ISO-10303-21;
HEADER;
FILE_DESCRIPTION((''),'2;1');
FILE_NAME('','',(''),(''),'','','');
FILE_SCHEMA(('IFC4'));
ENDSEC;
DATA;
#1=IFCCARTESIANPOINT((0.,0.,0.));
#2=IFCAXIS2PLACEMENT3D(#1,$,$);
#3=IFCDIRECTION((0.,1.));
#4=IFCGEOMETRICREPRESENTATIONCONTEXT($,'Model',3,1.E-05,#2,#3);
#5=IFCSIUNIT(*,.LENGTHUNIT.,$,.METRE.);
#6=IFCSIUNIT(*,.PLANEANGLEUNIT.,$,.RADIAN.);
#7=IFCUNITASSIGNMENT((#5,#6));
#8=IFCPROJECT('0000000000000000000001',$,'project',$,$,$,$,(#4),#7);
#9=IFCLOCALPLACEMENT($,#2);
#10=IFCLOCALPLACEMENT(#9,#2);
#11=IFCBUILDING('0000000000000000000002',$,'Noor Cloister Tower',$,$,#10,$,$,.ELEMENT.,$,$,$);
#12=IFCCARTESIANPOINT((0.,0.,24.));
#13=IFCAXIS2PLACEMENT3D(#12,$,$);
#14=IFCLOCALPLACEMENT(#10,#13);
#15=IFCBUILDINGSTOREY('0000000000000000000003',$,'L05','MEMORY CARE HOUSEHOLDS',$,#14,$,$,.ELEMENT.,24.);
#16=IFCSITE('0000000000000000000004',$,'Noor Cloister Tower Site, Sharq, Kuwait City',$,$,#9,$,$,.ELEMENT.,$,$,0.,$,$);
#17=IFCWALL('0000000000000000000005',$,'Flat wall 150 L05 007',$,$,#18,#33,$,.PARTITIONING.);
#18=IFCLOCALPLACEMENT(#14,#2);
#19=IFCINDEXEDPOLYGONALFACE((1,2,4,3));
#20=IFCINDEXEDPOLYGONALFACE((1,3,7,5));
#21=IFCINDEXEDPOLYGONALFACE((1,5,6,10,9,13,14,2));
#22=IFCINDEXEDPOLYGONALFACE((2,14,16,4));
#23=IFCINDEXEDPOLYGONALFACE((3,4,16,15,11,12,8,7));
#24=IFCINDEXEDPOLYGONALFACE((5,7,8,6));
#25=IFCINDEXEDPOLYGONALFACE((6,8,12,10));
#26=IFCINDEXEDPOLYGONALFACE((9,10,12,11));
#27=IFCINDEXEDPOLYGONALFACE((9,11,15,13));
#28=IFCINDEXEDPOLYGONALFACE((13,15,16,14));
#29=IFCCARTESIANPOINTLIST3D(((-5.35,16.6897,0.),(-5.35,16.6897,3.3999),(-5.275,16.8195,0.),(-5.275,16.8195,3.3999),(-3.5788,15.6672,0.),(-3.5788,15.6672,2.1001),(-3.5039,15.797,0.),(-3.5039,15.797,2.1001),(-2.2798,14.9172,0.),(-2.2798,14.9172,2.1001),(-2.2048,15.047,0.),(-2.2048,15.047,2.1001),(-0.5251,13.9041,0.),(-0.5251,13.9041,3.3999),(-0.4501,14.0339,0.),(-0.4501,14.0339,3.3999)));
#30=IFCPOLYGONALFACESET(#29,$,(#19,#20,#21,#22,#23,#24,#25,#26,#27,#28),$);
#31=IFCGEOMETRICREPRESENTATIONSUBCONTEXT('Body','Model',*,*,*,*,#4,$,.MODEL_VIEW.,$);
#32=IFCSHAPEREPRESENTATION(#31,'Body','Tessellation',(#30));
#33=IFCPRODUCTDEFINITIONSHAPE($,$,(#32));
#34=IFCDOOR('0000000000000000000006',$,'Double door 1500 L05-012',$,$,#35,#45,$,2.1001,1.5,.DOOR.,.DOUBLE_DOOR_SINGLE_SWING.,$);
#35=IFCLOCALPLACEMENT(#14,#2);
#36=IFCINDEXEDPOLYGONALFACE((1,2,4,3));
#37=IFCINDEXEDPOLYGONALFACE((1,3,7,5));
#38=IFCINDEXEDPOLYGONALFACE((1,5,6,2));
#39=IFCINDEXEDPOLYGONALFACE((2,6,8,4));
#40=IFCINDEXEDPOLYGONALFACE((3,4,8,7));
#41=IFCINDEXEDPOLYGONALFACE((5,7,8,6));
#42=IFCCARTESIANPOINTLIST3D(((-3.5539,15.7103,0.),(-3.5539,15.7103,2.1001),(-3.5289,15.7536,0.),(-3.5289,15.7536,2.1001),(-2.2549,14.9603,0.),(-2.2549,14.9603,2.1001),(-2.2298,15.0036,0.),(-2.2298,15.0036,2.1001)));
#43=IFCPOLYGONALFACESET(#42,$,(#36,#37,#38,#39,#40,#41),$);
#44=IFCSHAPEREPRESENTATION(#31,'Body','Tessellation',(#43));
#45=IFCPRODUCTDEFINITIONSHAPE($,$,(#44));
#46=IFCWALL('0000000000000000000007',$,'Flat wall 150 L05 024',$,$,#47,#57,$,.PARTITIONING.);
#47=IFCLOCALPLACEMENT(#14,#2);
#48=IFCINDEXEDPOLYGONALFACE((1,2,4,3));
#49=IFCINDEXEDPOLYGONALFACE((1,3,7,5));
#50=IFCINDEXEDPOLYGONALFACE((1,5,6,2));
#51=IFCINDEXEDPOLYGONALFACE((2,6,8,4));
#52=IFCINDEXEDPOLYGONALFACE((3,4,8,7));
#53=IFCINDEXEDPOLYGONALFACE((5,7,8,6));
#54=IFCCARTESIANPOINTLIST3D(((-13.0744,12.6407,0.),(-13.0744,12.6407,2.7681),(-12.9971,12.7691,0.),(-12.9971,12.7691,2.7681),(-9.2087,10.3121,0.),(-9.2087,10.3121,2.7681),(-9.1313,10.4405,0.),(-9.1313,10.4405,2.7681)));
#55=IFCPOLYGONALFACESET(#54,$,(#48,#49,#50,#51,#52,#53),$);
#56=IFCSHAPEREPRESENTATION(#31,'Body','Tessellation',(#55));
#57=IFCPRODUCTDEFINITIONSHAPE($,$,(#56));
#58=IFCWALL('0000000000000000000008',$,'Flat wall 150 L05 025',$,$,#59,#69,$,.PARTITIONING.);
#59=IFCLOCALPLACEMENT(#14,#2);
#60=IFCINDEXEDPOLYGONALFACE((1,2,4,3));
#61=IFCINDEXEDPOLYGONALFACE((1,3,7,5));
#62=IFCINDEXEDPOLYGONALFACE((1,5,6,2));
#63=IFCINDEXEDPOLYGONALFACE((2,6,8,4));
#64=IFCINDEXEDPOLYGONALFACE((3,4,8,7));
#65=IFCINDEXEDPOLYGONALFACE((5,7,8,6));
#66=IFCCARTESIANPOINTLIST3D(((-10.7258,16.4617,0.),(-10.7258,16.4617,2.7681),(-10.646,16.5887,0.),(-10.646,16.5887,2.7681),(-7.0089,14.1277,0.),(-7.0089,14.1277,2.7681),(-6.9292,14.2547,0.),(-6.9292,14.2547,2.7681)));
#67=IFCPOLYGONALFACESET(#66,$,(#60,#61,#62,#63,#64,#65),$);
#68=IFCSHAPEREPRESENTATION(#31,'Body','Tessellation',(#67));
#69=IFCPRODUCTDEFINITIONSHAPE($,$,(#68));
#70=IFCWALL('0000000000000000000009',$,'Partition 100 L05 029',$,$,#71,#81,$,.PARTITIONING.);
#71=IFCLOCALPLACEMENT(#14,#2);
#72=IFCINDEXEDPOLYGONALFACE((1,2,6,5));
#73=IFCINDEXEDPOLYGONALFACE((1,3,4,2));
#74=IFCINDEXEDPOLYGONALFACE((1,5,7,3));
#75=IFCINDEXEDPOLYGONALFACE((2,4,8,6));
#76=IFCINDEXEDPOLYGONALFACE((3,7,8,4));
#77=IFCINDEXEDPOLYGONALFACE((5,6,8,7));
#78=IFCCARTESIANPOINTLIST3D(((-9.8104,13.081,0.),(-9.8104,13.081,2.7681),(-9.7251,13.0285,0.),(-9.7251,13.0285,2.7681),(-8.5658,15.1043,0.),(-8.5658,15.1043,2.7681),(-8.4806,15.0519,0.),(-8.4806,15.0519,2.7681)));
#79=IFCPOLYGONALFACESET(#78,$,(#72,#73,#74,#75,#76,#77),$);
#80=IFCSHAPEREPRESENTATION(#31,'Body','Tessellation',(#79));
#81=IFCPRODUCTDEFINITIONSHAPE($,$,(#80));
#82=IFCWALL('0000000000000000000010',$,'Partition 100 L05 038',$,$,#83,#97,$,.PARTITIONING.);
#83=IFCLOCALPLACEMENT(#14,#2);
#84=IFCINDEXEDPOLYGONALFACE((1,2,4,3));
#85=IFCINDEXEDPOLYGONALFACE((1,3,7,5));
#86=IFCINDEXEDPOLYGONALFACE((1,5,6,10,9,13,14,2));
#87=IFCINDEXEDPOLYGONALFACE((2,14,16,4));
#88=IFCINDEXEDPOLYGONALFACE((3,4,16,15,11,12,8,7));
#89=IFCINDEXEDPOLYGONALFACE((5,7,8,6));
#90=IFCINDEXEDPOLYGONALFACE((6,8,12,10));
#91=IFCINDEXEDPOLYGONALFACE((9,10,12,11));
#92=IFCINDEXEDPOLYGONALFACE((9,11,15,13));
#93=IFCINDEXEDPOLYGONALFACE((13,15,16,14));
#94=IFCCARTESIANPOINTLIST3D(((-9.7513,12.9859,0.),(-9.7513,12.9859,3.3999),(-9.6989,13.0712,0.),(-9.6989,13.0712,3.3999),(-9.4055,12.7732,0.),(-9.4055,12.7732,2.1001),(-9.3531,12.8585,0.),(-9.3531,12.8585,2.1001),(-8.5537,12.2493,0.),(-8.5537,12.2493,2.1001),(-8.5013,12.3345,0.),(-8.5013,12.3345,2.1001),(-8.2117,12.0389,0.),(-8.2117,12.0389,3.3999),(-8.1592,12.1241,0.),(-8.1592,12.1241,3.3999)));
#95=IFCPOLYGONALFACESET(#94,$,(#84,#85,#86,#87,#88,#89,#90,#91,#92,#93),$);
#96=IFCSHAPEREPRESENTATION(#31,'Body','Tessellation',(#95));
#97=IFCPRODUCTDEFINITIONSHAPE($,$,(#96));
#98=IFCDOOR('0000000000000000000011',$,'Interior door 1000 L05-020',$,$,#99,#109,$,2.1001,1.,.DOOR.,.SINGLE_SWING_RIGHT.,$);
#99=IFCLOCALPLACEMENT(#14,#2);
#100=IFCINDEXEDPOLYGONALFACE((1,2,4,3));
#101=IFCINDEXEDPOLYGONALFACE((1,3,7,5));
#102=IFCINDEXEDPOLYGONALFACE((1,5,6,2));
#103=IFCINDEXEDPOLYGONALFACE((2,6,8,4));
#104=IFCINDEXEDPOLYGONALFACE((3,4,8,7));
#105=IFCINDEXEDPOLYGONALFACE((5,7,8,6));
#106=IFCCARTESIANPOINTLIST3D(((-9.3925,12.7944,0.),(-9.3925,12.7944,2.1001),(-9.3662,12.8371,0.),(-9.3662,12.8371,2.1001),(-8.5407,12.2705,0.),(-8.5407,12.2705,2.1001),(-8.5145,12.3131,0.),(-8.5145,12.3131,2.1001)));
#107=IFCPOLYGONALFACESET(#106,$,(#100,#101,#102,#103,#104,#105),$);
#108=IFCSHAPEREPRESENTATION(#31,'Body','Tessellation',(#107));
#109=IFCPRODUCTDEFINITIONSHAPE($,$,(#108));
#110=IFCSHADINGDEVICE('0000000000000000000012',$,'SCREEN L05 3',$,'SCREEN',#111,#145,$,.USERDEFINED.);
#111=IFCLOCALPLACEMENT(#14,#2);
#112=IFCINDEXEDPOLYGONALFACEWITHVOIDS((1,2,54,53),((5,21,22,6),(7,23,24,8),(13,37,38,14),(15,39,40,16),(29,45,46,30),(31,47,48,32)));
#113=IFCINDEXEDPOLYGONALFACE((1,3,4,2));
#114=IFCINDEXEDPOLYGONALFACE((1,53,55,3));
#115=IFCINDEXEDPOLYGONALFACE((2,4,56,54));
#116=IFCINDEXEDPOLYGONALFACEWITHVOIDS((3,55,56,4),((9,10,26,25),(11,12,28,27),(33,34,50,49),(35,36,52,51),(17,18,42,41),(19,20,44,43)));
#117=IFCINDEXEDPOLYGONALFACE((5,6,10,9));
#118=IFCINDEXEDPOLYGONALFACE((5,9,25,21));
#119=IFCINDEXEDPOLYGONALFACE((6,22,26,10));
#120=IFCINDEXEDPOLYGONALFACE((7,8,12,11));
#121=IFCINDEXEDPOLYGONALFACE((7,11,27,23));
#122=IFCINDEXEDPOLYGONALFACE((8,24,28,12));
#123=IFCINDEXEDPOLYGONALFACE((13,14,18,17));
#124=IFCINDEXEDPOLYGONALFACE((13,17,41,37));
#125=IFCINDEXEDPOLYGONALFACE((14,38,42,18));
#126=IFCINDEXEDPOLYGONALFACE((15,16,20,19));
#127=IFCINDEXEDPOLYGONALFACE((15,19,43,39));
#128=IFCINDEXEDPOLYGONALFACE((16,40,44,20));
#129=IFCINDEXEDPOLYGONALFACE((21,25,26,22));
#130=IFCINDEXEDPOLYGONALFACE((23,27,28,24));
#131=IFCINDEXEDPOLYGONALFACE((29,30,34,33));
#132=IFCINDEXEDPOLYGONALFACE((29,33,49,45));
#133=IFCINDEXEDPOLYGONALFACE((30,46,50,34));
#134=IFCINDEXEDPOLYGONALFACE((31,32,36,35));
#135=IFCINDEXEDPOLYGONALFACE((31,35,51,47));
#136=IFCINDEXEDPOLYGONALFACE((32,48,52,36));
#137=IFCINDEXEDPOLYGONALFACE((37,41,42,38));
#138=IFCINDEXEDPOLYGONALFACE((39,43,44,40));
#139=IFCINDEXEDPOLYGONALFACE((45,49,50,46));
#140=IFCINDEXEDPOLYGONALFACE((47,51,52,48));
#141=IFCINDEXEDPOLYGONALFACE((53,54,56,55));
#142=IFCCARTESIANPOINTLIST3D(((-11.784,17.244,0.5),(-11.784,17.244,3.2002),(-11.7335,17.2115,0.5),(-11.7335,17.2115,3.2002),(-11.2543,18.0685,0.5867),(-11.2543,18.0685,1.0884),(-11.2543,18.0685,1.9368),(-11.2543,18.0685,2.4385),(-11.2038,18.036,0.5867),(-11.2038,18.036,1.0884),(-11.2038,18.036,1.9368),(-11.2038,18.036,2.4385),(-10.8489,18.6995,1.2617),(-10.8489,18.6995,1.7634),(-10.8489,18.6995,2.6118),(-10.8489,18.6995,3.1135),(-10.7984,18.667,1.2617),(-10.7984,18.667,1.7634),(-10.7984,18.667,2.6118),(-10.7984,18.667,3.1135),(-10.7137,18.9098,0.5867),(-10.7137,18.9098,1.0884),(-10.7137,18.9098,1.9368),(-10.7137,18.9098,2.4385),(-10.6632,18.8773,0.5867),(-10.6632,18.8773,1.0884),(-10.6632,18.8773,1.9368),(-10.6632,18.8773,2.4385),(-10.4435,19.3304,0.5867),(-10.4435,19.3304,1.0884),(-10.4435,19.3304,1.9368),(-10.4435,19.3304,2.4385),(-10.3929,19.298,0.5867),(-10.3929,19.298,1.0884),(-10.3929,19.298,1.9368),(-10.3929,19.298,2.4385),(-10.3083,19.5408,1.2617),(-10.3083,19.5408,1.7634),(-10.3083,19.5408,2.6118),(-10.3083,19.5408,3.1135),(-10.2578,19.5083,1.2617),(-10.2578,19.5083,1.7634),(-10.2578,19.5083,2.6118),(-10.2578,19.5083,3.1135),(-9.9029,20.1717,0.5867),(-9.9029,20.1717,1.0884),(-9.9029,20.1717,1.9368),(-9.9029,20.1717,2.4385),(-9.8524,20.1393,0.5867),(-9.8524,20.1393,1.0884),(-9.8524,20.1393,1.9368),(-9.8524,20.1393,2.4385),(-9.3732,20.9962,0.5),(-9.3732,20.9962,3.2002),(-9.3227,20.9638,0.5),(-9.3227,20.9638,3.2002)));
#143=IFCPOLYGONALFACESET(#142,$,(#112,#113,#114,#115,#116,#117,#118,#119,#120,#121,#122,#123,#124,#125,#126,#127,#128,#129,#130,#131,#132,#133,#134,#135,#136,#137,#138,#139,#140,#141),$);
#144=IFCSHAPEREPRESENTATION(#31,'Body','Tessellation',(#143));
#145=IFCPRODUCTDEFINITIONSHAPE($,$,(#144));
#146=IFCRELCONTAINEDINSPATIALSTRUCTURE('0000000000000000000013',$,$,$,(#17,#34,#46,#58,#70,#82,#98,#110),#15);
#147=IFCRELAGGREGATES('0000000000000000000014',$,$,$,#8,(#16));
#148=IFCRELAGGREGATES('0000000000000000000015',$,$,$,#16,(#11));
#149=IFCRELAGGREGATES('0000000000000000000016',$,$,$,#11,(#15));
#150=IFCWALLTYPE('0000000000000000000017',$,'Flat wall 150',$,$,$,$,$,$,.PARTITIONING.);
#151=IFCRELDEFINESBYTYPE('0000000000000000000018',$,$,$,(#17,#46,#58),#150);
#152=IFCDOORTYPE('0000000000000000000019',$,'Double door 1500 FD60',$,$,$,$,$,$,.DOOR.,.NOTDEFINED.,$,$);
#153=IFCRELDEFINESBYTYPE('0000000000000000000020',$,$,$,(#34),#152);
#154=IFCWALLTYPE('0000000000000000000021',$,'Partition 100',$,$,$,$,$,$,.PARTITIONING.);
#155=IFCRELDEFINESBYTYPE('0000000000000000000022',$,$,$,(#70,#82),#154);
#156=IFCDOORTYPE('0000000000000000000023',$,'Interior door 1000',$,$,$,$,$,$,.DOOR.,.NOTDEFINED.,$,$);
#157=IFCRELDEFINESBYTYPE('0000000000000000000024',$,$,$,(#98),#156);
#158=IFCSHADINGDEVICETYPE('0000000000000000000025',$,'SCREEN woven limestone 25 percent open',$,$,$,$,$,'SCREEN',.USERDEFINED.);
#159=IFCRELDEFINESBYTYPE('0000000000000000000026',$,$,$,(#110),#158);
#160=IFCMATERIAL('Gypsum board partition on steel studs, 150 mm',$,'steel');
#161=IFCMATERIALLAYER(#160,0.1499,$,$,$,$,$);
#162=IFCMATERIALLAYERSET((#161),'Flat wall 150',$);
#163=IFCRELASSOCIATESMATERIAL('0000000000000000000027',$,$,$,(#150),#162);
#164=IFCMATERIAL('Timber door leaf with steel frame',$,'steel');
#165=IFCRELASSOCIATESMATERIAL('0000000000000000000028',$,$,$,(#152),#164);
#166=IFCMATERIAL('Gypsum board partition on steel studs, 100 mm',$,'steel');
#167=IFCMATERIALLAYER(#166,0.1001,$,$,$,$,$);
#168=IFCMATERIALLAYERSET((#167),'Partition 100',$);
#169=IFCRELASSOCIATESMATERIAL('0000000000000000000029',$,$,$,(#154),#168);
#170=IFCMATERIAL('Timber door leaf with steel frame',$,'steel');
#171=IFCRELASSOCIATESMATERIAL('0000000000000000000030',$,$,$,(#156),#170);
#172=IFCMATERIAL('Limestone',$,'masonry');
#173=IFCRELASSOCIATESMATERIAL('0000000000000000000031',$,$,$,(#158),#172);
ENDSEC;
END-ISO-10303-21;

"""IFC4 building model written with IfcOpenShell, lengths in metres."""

from ifc_helpers import new_model, si_unit, direction, frame, frame_2d, origin, place, context, subcontext, project, spatial, polyline, rectangle, outline, extrude, material, layer, layer_set, material_profile, profile_set, type_object, element, fill, save


model = new_model("IFC4")

# Units and contexts
model_context = context("Model", 3, precision=1e-05, world=origin(), true_north=direction((0.0, 1.0)))
body_context = subcontext(model_context, "Body", "Model", "MODEL_VIEW")
ifc_project = project(units=[si_unit("LENGTHUNIT", "METRE"), si_unit("PLANEANGLEUNIT", "RADIAN")], contexts=[model_context])

# Site, building, storey
site_placement = place(None, origin())
site = spatial("IfcSite", under=ifc_project, at=site_placement, Name="Noor Cloister Tower Site, Sharq, Kuwait City", CompositionType="ELEMENT", RefElevation=0.0)
building_placement = place(site_placement, origin())
building = spatial("IfcBuilding", under=site, at=building_placement, Name="Noor Cloister Tower", CompositionType="ELEMENT")
storey_placement = place(building_placement, frame((0.0, 0.0, 24.0)))
storey = spatial("IfcBuildingStorey", under=building, at=storey_placement, Name="L05", Description="MEMORY CARE HOUSEHOLDS", CompositionType="ELEMENT", Elevation=24.0)

# Wall, opening, door
ifc_material_1 = material(Name="Gypsum board partition on steel studs, 150 mm", Category="steel")
ifc_layer_1 = layer(ifc_material_1, 0.1499)
ifc_layer_set_1 = layer_set([ifc_layer_1], Name="Flat wall 150")
wall_type_1 = type_object("IfcWallType", Name="Flat wall 150", PredefinedType="PARTITIONING", material=ifc_layer_set_1)
wall_1_placement = place(storey_placement, frame((-5.3125, 16.7546, 0.0), z_axis=(0.0, 0.0, 1.0), x_axis=(0.866029, -0.499994, 0.0)))
wall_1 = element("IfcWall", 1, at=wall_1_placement, inside=storey, type_object=wall_type_1, Name="Flat wall 150 L05 007", PredefinedType="PARTITIONING", context=body_context, shape_type="SweptSolid", body=[
    extrude(rectangle(XDim=5.5713, YDim=0.1499, at=frame_2d((2.7856, 0.0))), origin(), (0.0, 0.0, 1.0), 3.3999),
])
opening_1_placement = place(wall_1_placement, frame((2.0452, 0.0, 0.0)))
opening_1 = element("IfcOpeningElement", 2, at=opening_1_placement, cuts=wall_1, PredefinedType="OPENING", context=body_context, shape_type="SweptSolid", body=[
    extrude(rectangle(XDim=1.5, YDim=2.1001, at=frame_2d((0.75, 1.05))), frame((0.0, 0.085, 0.0), z_axis=(0.0, -1.0, 0.0), x_axis=(1.0, 0.0, 0.0)), (0.0, 0.0, 1.0), 0.1699),
])
ifc_material_2 = material(Name="Timber door leaf with steel frame", Category="steel")
door_type_1 = type_object("IfcDoorType", Name="Double door 1500 FD60", OperationType="NOTDEFINED", PredefinedType="DOOR", material=ifc_material_2)
door_1_placement = place(opening_1_placement, origin())
door_1 = element("IfcDoor", 3, at=door_1_placement, inside=storey, type_object=door_type_1, Name="Double door 1500 L05-012", OperationType="DOUBLE_DOOR_SINGLE_SWING", OverallHeight=2.1001, OverallWidth=1.5, PredefinedType="DOOR", context=body_context, shape_type="SweptSolid", body=[
    extrude(rectangle(XDim=1.5, YDim=2.1001, at=frame_2d((0.75, 1.05))), frame((0.0, 0.0249, 0.0), z_axis=(0.0, -1.0, 0.0), x_axis=(1.0, 0.0, 0.0)), (0.0, 0.0, 1.0), 0.05),
])
fill(opening_1, door_1)

# Walls
wall_2_placement = place(storey_placement, frame((-13.0356, 12.7048, 0.0), z_axis=(0.0, 0.0, 1.0), x_axis=(0.856594, -0.515991, 0.0)))
element("IfcWall", 4, at=wall_2_placement, inside=storey, type_object=wall_type_1, Name="Flat wall 150 L05 024", PredefinedType="PARTITIONING", context=body_context, shape_type="SweptSolid", body=[
    extrude(rectangle(XDim=4.5129, YDim=0.1499, at=frame_2d((2.2563, 0.0))), origin(), (0.0, 0.0, 1.0), 2.7681),
])
wall_3_placement = place(storey_placement, frame((-10.6858, 16.5251, 0.0), z_axis=(0.0, 0.0, 1.0), x_axis=(0.846871, -0.531798, 0.0)))
element("IfcWall", 5, at=wall_3_placement, inside=storey, type_object=wall_type_1, Name="Flat wall 150 L05 025", PredefinedType="PARTITIONING", context=body_context, shape_type="SweptSolid", body=[
    extrude(rectangle(XDim=4.3889, YDim=0.1499, at=frame_2d((2.1943, 0.0))), origin(), (0.0, 0.0, 1.0), 2.7681),
])
ifc_material_3 = material(Name="Gypsum board partition on steel studs, 100 mm", Category="steel")
ifc_layer_2 = layer(ifc_material_3, 0.1001)
ifc_layer_set_2 = layer_set([ifc_layer_2], Name="Partition 100")
wall_type_2 = type_object("IfcWallType", Name="Partition 100", PredefinedType="PARTITIONING", material=ifc_layer_set_2)
wall_4_placement = place(storey_placement, frame((-8.5232, 15.0781, 0.0), z_axis=(0.0, 0.0, 1.0), x_axis=(-0.523925, -0.851764, 0.0)))
element("IfcWall", 6, at=wall_4_placement, inside=storey, type_object=wall_type_2, Name="Partition 100 L05 029", PredefinedType="PARTITIONING", context=body_context, shape_type="SweptSolid", body=[
    extrude(rectangle(XDim=2.3755, YDim=0.1001, at=frame_2d((1.1877, 0.0))), origin(), (0.0, 0.0, 1.0), 2.7681),
])

# Wall, opening, door
wall_5_placement = place(storey_placement, frame((-9.7251, 13.0286, 0.0), z_axis=(0.0, 0.0, 1.0), x_axis=(0.851756, -0.523939, 0.0)))
wall_5 = element("IfcWall", 7, at=wall_5_placement, inside=storey, type_object=wall_type_2, Name="Partition 100 L05 038", PredefinedType="PARTITIONING", context=body_context, shape_type="SweptSolid", body=[
    extrude(rectangle(XDim=1.8076, YDim=0.1001, at=frame_2d((0.9038, 0.0))), origin(), (0.0, 0.0, 1.0), 3.3999),
])
opening_2_placement = place(wall_5_placement, frame((0.406, 0.0, 0.0)))
opening_2 = element("IfcOpeningElement", 8, at=opening_2_placement, cuts=wall_5, PredefinedType="OPENING", context=body_context, shape_type="SweptSolid", body=[
    extrude(rectangle(XDim=1.0, YDim=2.1001, at=frame_2d((0.5, 1.05))), frame((0.0, 0.0601, 0.0), z_axis=(0.0, -1.0, 0.0), x_axis=(1.0, 0.0, 0.0)), (0.0, 0.0, 1.0), 0.1201),
])
ifc_material_4 = material(Name="Timber door leaf with steel frame", Category="steel")
door_type_2 = type_object("IfcDoorType", Name="Interior door 1000", OperationType="NOTDEFINED", PredefinedType="DOOR", material=ifc_material_4)
door_2_placement = place(opening_2_placement, origin())
door_2 = element("IfcDoor", 9, at=door_2_placement, inside=storey, type_object=door_type_2, Name="Interior door 1000 L05-020", OperationType="SINGLE_SWING_RIGHT", OverallHeight=2.1001, OverallWidth=1.0, PredefinedType="DOOR", context=body_context, shape_type="SweptSolid", body=[
    extrude(rectangle(XDim=1.0, YDim=2.1001, at=frame_2d((0.5, 1.05))), frame((0.0, 0.0249, 0.0), z_axis=(0.0, -1.0, 0.0), x_axis=(1.0, 0.0, 0.0)), (0.0, 0.0, 1.0), 0.05),
])
fill(opening_2, door_2)

# Shading device
ifc_material_5 = material(Name="Limestone", Category="masonry")
ifc_material_profile_1 = material_profile(ifc_material_5, outline(polyline([(-2.23, -1.3501), (2.23, -1.3501), (2.23, 1.3501), (-2.23, 1.3501), (-2.23, -1.3501)]), holes=[polyline([(-1.25, -1.2634), (-0.25, -1.2634), (-0.25, -0.7617), (-1.25, -0.7617), (-1.25, -1.2634)]), polyline([(0.25, -1.2634), (1.25, -1.2634), (1.25, -0.7617), (0.25, -0.7617), (0.25, -1.2634)]), polyline([(-0.5, -0.5884), (0.5, -0.5884), (0.5, -0.0867), (-0.5, -0.0867), (-0.5, -0.5884)]), polyline([(-1.25, 0.0867), (-0.25, 0.0867), (-0.25, 0.5884), (-1.25, 0.5884), (-1.25, 0.0867)]), polyline([(0.25, 0.0867), (1.25, 0.0867), (1.25, 0.5884), (0.25, 0.5884), (0.25, 0.0867)]), polyline([(-0.5, 0.7617), (0.5, 0.7617), (0.5, 1.2634), (-0.5, 1.2634), (-0.5, 0.7617)])]), Name="Woven screen 25 percent open")
ifc_profile_set_1 = profile_set([ifc_material_profile_1], Name="Limestone")
shading_device_type = type_object("IfcShadingDeviceType", Name="SCREEN woven limestone 25 percent open", ElementType="SCREEN", PredefinedType="USERDEFINED", material=ifc_profile_set_1)
for number, where, z_axis, x_axis, name in (
    (10, (-10.5281, 19.0876, 1.8501), (-0.841311, 0.540552, 0.0), (-0.540552, -0.841311, 0.0), "SCREEN L05 3"),
):
    element("IfcShadingDevice", number, at=place(storey_placement, frame(where, z_axis=z_axis, x_axis=x_axis)), inside=storey, type_object=shading_device_type, Name=name, ObjectType="SCREEN", PredefinedType="USERDEFINED", context=body_context, shape_type="SweptSolid", body=[
        extrude(outline(polyline([(-2.23, -1.3501), (2.23, -1.3501), (2.23, 1.3501), (-2.23, 1.3501), (-2.23, -1.3501)]), holes=[polyline([(-1.25, -1.2634), (-0.25, -1.2634), (-0.25, -0.7617), (-1.25, -0.7617), (-1.25, -1.2634)]), polyline([(0.25, -1.2634), (1.25, -1.2634), (1.25, -0.7617), (0.25, -0.7617), (0.25, -1.2634)]), polyline([(-0.5, -0.5884), (0.5, -0.5884), (0.5, -0.0867), (-0.5, -0.0867), (-0.5, -0.5884)]), polyline([(-1.25, 0.0867), (-0.25, 0.0867), (-0.25, 0.5884), (-1.25, 0.5884), (-1.25, 0.0867)]), polyline([(0.25, 0.0867), (1.25, 0.0867), (1.25, 0.5884), (0.25, 0.5884), (0.25, 0.0867)]), polyline([(-0.5, 0.7617), (0.5, 0.7617), (0.5, 1.2634), (-0.5, 1.2634), (-0.5, 0.7617)])]), origin(), (0.0, 0.0, 1.0), 0.0601),
    ])

save(model, "model.ifc")
